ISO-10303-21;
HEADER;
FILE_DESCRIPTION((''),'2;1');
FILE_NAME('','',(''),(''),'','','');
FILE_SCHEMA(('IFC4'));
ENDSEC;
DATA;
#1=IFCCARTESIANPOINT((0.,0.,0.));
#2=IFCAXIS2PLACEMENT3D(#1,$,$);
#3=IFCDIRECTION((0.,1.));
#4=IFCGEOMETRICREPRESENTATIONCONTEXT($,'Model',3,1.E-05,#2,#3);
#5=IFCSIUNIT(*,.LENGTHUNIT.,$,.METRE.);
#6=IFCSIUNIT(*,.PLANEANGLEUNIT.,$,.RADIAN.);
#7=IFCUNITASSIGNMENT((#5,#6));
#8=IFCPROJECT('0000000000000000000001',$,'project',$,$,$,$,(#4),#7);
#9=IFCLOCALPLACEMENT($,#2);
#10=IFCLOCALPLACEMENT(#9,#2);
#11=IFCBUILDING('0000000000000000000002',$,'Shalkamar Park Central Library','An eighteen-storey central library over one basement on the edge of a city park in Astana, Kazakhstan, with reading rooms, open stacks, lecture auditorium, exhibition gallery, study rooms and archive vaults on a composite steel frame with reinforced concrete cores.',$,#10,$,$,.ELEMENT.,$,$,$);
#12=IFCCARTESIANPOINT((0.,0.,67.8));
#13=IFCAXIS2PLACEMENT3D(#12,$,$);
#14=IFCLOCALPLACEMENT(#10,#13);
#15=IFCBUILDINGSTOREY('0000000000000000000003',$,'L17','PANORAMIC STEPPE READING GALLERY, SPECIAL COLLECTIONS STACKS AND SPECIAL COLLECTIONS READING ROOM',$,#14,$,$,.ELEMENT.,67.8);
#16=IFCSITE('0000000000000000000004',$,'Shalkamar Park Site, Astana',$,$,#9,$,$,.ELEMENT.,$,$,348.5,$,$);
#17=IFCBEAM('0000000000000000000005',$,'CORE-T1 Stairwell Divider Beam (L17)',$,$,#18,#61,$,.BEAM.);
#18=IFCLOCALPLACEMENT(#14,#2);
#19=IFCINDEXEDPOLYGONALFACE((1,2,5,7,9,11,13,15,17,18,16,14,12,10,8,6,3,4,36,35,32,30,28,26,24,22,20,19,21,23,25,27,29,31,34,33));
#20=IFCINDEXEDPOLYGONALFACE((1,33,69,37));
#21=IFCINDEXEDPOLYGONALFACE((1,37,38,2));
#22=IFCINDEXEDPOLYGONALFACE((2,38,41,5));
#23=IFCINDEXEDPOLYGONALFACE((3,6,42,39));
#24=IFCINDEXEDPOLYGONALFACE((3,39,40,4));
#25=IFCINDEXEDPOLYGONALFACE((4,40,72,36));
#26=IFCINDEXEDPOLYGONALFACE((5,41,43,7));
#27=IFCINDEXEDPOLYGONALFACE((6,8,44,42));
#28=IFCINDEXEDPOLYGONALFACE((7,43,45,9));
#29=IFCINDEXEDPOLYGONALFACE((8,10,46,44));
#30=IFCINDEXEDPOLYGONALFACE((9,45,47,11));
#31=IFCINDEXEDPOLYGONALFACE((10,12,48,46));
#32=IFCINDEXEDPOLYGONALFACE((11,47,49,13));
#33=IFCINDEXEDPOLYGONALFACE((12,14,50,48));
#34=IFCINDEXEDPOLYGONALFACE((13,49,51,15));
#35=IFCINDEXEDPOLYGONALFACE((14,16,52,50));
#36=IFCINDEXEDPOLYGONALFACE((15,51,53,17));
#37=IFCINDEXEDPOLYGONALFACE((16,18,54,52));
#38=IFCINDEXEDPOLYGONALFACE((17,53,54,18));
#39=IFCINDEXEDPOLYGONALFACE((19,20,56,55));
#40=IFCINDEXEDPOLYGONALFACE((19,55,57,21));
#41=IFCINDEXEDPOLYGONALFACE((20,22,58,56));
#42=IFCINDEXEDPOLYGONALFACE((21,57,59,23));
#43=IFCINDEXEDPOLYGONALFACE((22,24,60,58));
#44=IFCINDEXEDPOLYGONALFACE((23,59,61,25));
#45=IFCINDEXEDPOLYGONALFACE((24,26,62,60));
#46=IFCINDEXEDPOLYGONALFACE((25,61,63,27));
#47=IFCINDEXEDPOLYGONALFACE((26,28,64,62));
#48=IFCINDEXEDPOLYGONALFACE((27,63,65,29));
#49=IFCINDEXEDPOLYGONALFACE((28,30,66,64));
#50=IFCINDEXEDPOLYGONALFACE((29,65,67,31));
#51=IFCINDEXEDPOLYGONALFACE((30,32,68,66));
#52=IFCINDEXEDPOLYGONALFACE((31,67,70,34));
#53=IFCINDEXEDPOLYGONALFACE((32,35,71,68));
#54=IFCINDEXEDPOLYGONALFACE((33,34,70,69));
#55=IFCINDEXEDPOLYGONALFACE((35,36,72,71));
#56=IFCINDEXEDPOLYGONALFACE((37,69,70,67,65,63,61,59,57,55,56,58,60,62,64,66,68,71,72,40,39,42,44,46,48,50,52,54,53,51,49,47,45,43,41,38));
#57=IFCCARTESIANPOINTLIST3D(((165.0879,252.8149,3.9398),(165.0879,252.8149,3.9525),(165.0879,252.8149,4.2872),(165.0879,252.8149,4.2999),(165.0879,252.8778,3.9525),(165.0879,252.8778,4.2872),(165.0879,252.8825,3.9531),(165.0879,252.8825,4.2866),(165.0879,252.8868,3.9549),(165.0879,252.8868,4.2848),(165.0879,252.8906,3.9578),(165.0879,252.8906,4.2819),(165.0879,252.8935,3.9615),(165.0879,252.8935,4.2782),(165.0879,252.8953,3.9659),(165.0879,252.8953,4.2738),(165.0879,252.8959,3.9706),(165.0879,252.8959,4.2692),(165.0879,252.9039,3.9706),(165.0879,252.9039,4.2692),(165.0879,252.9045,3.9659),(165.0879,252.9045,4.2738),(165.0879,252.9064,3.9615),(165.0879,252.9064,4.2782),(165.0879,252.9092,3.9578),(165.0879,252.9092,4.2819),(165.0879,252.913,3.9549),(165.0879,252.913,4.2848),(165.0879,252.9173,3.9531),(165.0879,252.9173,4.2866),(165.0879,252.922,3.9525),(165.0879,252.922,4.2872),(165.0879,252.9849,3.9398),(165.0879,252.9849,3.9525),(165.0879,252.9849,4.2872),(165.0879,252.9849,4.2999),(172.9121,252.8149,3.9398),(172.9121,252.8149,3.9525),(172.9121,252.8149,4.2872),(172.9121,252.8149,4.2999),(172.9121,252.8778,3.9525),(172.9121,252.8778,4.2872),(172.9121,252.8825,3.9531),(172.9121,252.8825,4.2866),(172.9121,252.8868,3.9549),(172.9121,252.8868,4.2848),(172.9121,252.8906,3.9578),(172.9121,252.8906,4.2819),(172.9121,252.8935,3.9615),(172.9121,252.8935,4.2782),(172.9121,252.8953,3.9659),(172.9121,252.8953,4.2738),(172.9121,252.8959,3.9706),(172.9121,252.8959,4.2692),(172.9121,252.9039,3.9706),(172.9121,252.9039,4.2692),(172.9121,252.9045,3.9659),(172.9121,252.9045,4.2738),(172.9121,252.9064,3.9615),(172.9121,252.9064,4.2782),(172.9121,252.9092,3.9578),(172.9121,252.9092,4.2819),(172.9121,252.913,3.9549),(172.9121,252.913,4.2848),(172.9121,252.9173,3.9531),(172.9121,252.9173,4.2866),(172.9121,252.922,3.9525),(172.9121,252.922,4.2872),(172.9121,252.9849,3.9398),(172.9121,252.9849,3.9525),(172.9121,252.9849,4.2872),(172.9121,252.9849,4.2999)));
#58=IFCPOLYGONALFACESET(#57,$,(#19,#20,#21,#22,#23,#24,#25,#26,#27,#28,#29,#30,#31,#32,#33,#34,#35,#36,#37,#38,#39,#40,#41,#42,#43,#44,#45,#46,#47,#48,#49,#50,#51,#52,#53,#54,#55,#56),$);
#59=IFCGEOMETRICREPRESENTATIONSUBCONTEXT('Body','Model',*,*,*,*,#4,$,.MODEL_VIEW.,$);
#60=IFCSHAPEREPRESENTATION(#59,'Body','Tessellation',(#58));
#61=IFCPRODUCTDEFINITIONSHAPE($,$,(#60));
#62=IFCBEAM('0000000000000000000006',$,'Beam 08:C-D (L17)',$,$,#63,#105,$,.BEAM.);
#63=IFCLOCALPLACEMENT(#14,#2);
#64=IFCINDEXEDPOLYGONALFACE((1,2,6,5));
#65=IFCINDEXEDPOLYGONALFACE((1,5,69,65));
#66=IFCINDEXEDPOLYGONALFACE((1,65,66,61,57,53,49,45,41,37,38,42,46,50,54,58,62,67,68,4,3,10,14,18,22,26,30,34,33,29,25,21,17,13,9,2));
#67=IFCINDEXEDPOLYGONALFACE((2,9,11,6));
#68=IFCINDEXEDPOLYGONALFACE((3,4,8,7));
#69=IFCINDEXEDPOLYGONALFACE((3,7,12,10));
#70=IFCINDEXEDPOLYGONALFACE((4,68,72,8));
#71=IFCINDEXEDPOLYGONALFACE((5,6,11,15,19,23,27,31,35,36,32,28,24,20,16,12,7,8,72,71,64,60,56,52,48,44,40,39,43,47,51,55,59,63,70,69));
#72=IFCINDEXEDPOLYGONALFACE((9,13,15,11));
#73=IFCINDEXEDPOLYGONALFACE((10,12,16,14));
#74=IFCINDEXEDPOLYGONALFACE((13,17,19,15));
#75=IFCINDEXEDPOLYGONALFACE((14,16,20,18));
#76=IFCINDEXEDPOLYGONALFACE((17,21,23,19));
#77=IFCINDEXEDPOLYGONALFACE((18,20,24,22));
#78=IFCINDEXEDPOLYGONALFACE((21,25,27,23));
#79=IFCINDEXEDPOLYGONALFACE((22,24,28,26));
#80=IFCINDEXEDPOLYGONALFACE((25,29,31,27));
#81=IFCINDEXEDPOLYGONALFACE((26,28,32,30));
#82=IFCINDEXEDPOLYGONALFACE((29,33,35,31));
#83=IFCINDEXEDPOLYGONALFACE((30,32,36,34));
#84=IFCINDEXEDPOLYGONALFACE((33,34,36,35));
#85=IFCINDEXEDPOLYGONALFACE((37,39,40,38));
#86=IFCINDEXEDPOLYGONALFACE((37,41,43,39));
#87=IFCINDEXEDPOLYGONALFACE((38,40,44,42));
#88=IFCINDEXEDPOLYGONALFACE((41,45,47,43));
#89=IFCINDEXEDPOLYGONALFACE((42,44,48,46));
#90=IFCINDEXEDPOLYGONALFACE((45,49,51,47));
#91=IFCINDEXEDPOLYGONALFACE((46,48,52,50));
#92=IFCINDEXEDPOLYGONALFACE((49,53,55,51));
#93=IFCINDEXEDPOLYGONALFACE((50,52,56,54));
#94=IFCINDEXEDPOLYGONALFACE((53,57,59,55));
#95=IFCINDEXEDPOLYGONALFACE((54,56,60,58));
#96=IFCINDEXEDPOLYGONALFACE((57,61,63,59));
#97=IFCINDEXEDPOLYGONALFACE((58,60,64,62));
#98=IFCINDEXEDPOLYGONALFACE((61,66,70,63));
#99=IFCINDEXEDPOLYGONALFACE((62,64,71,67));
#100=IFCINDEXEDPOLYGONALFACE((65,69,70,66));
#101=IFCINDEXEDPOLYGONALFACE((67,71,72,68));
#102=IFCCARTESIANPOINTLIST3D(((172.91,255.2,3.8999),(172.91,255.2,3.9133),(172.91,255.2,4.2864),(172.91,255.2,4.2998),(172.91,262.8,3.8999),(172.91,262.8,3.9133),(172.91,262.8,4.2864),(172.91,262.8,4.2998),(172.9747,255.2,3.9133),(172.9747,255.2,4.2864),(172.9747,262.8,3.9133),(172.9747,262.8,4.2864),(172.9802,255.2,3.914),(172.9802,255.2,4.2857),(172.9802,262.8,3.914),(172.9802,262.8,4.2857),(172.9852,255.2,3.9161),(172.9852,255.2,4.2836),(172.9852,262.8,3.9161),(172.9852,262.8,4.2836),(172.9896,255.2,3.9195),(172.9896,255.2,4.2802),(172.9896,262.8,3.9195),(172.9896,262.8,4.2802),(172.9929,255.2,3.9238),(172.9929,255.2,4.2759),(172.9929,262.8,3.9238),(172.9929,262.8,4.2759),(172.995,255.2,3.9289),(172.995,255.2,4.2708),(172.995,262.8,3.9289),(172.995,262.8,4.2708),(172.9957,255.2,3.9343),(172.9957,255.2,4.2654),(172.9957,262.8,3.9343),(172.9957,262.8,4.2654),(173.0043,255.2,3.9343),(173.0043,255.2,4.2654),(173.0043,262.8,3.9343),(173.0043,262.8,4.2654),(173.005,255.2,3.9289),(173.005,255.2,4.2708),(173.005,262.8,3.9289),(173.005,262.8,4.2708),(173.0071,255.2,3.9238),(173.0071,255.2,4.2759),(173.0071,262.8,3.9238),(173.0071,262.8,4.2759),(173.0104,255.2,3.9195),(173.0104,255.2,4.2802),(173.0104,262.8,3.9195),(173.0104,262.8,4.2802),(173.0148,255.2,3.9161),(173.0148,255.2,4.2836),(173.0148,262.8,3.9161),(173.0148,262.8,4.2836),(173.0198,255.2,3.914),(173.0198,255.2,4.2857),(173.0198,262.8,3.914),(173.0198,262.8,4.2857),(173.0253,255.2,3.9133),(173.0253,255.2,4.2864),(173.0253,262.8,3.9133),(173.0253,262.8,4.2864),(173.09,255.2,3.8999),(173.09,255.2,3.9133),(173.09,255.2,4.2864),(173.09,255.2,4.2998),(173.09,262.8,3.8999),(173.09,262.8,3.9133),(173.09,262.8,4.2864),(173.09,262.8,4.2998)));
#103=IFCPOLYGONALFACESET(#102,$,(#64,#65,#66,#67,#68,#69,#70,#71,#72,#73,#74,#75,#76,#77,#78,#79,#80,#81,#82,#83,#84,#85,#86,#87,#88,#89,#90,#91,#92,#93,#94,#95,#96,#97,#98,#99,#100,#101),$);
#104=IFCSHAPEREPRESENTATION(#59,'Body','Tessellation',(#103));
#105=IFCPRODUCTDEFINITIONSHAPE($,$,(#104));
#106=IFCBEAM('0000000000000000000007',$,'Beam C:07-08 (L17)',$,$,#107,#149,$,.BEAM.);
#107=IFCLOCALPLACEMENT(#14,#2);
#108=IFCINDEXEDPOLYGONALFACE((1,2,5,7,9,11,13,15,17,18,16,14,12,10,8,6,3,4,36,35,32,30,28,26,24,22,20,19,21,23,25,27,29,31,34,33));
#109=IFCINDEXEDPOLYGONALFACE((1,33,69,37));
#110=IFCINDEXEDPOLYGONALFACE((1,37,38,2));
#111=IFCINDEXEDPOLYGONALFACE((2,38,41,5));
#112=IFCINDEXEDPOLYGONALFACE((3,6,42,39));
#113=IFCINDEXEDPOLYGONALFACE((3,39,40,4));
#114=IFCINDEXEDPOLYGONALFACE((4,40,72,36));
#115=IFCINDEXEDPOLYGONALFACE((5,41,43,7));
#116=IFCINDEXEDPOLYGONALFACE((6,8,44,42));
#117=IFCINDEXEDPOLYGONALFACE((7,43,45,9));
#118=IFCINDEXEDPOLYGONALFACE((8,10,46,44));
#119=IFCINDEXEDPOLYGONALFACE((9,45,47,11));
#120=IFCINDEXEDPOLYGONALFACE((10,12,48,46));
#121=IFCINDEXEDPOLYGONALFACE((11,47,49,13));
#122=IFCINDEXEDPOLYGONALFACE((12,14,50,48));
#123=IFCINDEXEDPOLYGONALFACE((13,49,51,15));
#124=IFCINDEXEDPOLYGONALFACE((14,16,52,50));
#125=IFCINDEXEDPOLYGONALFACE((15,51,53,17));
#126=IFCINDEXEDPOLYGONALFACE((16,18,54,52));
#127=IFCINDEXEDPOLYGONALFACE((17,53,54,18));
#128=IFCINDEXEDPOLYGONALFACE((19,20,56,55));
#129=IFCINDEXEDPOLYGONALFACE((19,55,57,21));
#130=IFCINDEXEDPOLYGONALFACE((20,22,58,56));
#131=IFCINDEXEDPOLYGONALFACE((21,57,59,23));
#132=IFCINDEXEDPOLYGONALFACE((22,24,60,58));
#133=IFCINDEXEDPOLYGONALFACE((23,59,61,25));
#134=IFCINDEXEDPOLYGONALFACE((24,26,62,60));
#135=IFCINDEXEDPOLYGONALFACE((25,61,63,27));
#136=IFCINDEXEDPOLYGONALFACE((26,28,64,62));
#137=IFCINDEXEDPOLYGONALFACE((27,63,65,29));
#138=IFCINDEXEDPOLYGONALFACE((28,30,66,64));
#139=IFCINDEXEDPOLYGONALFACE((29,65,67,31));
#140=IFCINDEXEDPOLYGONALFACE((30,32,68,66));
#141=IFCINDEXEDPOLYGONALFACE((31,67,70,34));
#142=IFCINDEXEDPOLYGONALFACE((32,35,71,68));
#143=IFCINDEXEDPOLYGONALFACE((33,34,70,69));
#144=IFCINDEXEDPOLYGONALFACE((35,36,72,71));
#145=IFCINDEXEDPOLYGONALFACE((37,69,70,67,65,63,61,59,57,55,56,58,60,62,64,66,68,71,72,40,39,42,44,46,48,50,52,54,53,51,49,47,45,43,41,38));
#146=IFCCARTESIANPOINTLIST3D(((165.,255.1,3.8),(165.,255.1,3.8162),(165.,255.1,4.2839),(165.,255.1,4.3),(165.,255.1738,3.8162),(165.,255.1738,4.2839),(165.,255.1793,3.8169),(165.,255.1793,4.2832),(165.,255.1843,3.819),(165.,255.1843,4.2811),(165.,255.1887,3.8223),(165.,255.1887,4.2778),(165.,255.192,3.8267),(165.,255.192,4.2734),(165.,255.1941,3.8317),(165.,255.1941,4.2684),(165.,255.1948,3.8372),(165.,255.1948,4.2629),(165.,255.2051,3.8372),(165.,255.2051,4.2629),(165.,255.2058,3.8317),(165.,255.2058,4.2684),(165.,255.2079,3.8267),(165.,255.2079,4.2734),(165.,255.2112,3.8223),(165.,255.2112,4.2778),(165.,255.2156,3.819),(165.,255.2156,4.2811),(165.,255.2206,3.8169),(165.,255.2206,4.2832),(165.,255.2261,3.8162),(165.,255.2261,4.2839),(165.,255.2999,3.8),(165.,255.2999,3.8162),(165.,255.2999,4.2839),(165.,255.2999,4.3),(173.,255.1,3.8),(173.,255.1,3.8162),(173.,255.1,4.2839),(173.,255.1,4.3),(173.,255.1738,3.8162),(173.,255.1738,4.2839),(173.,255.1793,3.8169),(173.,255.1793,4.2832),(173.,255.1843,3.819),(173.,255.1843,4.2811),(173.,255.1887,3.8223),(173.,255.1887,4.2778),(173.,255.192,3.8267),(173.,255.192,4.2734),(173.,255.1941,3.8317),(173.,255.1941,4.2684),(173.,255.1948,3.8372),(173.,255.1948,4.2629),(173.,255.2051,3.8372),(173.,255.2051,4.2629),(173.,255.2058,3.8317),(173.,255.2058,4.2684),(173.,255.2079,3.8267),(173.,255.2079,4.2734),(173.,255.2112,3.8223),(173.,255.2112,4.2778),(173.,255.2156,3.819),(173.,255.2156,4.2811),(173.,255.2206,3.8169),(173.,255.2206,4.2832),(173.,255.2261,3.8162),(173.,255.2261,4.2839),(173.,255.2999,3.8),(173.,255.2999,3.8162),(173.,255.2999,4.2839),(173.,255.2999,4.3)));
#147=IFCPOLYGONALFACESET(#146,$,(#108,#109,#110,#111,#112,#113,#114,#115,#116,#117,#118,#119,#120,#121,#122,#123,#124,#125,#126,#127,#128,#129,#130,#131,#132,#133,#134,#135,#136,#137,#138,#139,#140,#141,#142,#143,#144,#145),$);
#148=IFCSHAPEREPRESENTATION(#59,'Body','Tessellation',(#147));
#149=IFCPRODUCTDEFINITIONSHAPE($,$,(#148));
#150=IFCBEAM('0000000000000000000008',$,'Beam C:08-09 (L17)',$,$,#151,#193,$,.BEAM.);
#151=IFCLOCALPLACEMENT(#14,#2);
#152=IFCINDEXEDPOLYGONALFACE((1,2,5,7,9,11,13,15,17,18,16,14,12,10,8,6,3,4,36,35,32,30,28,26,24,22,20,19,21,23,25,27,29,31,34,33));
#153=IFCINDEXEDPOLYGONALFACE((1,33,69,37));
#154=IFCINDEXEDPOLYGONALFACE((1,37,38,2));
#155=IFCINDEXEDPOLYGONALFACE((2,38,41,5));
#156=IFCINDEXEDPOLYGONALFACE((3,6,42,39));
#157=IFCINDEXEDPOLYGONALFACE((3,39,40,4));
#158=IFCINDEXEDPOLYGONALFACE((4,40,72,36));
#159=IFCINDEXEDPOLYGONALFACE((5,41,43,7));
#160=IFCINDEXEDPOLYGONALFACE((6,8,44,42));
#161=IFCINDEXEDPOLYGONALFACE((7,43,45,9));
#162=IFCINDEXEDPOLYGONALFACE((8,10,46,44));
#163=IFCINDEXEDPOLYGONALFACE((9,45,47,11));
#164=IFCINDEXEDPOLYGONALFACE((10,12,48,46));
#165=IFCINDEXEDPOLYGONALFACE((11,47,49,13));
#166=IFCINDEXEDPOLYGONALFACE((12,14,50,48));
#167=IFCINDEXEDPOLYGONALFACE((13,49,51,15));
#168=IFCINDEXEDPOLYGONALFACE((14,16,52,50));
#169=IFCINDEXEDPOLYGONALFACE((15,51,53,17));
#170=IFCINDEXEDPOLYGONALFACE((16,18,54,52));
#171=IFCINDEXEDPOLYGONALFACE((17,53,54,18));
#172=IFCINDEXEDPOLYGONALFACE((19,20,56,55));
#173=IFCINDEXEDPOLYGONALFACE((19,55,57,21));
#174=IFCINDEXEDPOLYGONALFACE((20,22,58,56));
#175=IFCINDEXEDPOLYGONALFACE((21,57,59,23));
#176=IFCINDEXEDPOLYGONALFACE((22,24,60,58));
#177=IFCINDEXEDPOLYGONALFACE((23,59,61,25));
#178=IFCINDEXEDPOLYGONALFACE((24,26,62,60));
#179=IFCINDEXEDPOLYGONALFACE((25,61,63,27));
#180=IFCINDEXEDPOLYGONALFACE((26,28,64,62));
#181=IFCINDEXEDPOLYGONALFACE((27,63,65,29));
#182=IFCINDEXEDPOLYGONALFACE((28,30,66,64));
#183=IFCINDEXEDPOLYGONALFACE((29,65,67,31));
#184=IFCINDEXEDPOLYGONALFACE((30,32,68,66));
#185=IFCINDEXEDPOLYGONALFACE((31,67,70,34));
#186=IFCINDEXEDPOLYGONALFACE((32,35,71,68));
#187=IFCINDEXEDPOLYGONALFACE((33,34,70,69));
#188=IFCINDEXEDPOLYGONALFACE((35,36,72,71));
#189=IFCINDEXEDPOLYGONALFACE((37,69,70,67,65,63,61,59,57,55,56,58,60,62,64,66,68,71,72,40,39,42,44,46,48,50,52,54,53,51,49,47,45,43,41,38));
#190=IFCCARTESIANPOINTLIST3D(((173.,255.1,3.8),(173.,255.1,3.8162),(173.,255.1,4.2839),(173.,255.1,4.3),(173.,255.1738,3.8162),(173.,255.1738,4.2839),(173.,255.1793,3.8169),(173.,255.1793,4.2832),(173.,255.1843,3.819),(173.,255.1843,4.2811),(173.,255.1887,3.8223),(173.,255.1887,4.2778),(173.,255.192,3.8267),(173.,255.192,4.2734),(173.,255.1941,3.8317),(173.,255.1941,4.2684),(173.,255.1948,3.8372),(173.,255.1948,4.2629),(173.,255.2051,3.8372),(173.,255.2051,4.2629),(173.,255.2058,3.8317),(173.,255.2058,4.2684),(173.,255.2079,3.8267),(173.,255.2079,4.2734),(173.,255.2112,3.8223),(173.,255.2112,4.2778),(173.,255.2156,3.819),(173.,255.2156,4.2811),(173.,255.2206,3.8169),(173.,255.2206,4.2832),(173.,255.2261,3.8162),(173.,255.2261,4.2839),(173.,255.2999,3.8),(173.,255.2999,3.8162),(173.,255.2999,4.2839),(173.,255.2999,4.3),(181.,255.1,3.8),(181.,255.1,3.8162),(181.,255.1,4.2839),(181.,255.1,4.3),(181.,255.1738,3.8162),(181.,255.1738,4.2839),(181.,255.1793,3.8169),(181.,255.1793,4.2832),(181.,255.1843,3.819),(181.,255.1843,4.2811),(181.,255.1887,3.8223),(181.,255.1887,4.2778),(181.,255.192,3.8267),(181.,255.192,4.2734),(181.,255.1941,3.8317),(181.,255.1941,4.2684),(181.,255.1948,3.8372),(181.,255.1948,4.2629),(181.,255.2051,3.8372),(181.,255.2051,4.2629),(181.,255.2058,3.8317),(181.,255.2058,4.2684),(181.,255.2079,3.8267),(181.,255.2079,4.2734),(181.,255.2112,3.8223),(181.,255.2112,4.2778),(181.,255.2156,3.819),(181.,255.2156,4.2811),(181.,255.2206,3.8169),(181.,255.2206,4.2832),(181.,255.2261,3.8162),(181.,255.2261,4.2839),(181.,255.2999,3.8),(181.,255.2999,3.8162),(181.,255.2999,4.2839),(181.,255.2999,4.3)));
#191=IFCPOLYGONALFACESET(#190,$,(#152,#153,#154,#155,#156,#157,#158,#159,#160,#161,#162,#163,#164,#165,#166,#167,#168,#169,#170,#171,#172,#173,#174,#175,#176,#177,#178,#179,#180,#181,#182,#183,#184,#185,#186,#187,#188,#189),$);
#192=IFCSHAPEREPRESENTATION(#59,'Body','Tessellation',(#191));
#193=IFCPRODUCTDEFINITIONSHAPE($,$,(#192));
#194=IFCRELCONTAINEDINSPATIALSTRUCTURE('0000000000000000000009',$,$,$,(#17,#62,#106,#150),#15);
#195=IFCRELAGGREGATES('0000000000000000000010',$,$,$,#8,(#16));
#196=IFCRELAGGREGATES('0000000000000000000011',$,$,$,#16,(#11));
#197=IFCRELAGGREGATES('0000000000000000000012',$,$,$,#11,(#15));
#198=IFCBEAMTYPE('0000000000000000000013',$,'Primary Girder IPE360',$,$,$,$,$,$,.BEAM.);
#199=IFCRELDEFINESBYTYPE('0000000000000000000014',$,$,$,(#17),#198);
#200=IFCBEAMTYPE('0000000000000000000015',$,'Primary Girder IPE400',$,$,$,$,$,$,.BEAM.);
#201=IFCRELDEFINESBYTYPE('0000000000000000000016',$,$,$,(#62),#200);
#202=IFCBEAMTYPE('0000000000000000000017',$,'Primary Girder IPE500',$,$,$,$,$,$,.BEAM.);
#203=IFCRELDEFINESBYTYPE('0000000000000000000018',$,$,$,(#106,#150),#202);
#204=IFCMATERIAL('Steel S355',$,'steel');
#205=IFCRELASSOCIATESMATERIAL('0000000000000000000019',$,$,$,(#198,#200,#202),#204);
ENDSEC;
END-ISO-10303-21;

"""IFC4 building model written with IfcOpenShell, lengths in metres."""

from ifc_helpers import new_model, si_unit, direction, frame, origin, origin_2d, place, context, subcontext, project, spatial, i_section, extrude, material, material_profile, profile_set, type_object, element, save


model = new_model("IFC4")

# Units and contexts
model_context = context("Model", 3, precision=1e-05, world=origin(), true_north=direction((0.0, 1.0)))
body_context = subcontext(model_context, "Body", "Model", "MODEL_VIEW")
ifc_project = project(units=[si_unit("LENGTHUNIT", "METRE"), si_unit("PLANEANGLEUNIT", "RADIAN")], contexts=[model_context])

# Site, building, storey
site_placement = place(None, origin())
site = spatial("IfcSite", under=ifc_project, at=site_placement, Name="Shalkamar Park Site, Astana", CompositionType="ELEMENT", RefElevation=348.5)
building_placement = place(site_placement, origin())
building = spatial("IfcBuilding", under=site, at=building_placement, Name="Shalkamar Park Central Library", Description="An eighteen-storey central library over one basement on the edge of a city park in Astana, Kazakhstan, with reading rooms, open stacks, lecture auditorium, exhibition gallery, study rooms and archive vaults on a composite steel frame with reinforced concrete cores.", CompositionType="ELEMENT")
storey_placement = place(building_placement, frame((0.0, 0.0, 67.8)))
storey = spatial("IfcBuildingStorey", under=building, at=storey_placement, Name="L17", Description="PANORAMIC STEPPE READING GALLERY, SPECIAL COLLECTIONS STACKS AND SPECIAL COLLECTIONS READING ROOM", CompositionType="ELEMENT", Elevation=67.8)

# Shared definitions
ifc_material_1 = material(Name="Steel S355", Category="steel")

# Beams
ifc_material_profile_1 = material_profile(ifc_material_1, i_section(OverallWidth=0.1699, OverallDepth=0.3601, WebThickness=0.0081, FlangeThickness=0.0127, FilletRadius=0.0181, at=origin_2d()), Name="IPE 360")
ifc_profile_set_1 = profile_set([ifc_material_profile_1], Name="Steel S355")
beam_type_1 = type_object("IfcBeamType", Name="Primary Girder IPE360", PredefinedType="BEAM", material=ifc_profile_set_1)
beam_1_placement = place(storey_placement, frame((165.0879, 252.8999, 4.1199), z_axis=(1.0, 0.0, 0.0), x_axis=(0.0, 1.0, 0.0)))
element("IfcBeam", 1, at=beam_1_placement, inside=storey, type_object=beam_type_1, Name="CORE-T1 Stairwell Divider Beam (L17)", PredefinedType="BEAM", context=body_context, shape_type="SweptSolid", body=[
    extrude(i_section(OverallWidth=0.1699, OverallDepth=0.3601, WebThickness=0.0081, FlangeThickness=0.0127, FilletRadius=0.0181, at=origin_2d()), origin(), (0.0, 0.0, 1.0), 7.8242),
])
ifc_material_profile_2 = material_profile(ifc_material_1, i_section(OverallWidth=0.1799, OverallDepth=0.3999, WebThickness=0.0085, FlangeThickness=0.0134, FilletRadius=0.021, at=origin_2d()), Name="IPE 400")
ifc_profile_set_2 = profile_set([ifc_material_profile_2], Name="Steel S355")
beam_type_2 = type_object("IfcBeamType", Name="Primary Girder IPE400", PredefinedType="BEAM", material=ifc_profile_set_2)
beam_2_placement = place(storey_placement, frame((173.0, 255.2, 4.0999), z_axis=(0.0, 1.0, 0.0), x_axis=(-1.0, 0.0, 0.0)))
element("IfcBeam", 2, at=beam_2_placement, inside=storey, type_object=beam_type_2, Name="Beam 08:C-D (L17)", PredefinedType="BEAM", context=body_context, shape_type="SweptSolid", body=[
    extrude(i_section(OverallWidth=0.1799, OverallDepth=0.3999, WebThickness=0.0085, FlangeThickness=0.0134, FilletRadius=0.021, at=origin_2d()), origin(), (0.0, 0.0, 1.0), 7.6001),
])
ifc_material_profile_3 = material_profile(ifc_material_1, i_section(OverallWidth=0.2, OverallDepth=0.5, WebThickness=0.0103, FlangeThickness=0.0161, FilletRadius=0.021, at=origin_2d()), Name="IPE 500")
ifc_profile_set_3 = profile_set([ifc_material_profile_3], Name="Steel S355")
beam_type_3 = type_object("IfcBeamType", Name="Primary Girder IPE500", PredefinedType="BEAM", material=ifc_profile_set_3)
for number, where, z_axis, x_axis, name in (
    (3, (165.0, 255.2, 4.05), (1.0, 0.0, 0.0), (0.0, 1.0, 0.0), "Beam C:07-08 (L17)"),
    (4, (173.0, 255.2, 4.05), (1.0, 0.0, 0.0), (0.0, 1.0, 0.0), "Beam C:08-09 (L17)"),
):
    element("IfcBeam", number, at=place(storey_placement, frame(where, z_axis=z_axis, x_axis=x_axis)), inside=storey, type_object=beam_type_3, Name=name, PredefinedType="BEAM", context=body_context, shape_type="SweptSolid", body=[
        extrude(i_section(OverallWidth=0.2, OverallDepth=0.5, WebThickness=0.0103, FlangeThickness=0.0161, FilletRadius=0.021, at=origin_2d()), origin(), (0.0, 0.0, 1.0), 8.0),
    ])

save(model, "model.ifc")
